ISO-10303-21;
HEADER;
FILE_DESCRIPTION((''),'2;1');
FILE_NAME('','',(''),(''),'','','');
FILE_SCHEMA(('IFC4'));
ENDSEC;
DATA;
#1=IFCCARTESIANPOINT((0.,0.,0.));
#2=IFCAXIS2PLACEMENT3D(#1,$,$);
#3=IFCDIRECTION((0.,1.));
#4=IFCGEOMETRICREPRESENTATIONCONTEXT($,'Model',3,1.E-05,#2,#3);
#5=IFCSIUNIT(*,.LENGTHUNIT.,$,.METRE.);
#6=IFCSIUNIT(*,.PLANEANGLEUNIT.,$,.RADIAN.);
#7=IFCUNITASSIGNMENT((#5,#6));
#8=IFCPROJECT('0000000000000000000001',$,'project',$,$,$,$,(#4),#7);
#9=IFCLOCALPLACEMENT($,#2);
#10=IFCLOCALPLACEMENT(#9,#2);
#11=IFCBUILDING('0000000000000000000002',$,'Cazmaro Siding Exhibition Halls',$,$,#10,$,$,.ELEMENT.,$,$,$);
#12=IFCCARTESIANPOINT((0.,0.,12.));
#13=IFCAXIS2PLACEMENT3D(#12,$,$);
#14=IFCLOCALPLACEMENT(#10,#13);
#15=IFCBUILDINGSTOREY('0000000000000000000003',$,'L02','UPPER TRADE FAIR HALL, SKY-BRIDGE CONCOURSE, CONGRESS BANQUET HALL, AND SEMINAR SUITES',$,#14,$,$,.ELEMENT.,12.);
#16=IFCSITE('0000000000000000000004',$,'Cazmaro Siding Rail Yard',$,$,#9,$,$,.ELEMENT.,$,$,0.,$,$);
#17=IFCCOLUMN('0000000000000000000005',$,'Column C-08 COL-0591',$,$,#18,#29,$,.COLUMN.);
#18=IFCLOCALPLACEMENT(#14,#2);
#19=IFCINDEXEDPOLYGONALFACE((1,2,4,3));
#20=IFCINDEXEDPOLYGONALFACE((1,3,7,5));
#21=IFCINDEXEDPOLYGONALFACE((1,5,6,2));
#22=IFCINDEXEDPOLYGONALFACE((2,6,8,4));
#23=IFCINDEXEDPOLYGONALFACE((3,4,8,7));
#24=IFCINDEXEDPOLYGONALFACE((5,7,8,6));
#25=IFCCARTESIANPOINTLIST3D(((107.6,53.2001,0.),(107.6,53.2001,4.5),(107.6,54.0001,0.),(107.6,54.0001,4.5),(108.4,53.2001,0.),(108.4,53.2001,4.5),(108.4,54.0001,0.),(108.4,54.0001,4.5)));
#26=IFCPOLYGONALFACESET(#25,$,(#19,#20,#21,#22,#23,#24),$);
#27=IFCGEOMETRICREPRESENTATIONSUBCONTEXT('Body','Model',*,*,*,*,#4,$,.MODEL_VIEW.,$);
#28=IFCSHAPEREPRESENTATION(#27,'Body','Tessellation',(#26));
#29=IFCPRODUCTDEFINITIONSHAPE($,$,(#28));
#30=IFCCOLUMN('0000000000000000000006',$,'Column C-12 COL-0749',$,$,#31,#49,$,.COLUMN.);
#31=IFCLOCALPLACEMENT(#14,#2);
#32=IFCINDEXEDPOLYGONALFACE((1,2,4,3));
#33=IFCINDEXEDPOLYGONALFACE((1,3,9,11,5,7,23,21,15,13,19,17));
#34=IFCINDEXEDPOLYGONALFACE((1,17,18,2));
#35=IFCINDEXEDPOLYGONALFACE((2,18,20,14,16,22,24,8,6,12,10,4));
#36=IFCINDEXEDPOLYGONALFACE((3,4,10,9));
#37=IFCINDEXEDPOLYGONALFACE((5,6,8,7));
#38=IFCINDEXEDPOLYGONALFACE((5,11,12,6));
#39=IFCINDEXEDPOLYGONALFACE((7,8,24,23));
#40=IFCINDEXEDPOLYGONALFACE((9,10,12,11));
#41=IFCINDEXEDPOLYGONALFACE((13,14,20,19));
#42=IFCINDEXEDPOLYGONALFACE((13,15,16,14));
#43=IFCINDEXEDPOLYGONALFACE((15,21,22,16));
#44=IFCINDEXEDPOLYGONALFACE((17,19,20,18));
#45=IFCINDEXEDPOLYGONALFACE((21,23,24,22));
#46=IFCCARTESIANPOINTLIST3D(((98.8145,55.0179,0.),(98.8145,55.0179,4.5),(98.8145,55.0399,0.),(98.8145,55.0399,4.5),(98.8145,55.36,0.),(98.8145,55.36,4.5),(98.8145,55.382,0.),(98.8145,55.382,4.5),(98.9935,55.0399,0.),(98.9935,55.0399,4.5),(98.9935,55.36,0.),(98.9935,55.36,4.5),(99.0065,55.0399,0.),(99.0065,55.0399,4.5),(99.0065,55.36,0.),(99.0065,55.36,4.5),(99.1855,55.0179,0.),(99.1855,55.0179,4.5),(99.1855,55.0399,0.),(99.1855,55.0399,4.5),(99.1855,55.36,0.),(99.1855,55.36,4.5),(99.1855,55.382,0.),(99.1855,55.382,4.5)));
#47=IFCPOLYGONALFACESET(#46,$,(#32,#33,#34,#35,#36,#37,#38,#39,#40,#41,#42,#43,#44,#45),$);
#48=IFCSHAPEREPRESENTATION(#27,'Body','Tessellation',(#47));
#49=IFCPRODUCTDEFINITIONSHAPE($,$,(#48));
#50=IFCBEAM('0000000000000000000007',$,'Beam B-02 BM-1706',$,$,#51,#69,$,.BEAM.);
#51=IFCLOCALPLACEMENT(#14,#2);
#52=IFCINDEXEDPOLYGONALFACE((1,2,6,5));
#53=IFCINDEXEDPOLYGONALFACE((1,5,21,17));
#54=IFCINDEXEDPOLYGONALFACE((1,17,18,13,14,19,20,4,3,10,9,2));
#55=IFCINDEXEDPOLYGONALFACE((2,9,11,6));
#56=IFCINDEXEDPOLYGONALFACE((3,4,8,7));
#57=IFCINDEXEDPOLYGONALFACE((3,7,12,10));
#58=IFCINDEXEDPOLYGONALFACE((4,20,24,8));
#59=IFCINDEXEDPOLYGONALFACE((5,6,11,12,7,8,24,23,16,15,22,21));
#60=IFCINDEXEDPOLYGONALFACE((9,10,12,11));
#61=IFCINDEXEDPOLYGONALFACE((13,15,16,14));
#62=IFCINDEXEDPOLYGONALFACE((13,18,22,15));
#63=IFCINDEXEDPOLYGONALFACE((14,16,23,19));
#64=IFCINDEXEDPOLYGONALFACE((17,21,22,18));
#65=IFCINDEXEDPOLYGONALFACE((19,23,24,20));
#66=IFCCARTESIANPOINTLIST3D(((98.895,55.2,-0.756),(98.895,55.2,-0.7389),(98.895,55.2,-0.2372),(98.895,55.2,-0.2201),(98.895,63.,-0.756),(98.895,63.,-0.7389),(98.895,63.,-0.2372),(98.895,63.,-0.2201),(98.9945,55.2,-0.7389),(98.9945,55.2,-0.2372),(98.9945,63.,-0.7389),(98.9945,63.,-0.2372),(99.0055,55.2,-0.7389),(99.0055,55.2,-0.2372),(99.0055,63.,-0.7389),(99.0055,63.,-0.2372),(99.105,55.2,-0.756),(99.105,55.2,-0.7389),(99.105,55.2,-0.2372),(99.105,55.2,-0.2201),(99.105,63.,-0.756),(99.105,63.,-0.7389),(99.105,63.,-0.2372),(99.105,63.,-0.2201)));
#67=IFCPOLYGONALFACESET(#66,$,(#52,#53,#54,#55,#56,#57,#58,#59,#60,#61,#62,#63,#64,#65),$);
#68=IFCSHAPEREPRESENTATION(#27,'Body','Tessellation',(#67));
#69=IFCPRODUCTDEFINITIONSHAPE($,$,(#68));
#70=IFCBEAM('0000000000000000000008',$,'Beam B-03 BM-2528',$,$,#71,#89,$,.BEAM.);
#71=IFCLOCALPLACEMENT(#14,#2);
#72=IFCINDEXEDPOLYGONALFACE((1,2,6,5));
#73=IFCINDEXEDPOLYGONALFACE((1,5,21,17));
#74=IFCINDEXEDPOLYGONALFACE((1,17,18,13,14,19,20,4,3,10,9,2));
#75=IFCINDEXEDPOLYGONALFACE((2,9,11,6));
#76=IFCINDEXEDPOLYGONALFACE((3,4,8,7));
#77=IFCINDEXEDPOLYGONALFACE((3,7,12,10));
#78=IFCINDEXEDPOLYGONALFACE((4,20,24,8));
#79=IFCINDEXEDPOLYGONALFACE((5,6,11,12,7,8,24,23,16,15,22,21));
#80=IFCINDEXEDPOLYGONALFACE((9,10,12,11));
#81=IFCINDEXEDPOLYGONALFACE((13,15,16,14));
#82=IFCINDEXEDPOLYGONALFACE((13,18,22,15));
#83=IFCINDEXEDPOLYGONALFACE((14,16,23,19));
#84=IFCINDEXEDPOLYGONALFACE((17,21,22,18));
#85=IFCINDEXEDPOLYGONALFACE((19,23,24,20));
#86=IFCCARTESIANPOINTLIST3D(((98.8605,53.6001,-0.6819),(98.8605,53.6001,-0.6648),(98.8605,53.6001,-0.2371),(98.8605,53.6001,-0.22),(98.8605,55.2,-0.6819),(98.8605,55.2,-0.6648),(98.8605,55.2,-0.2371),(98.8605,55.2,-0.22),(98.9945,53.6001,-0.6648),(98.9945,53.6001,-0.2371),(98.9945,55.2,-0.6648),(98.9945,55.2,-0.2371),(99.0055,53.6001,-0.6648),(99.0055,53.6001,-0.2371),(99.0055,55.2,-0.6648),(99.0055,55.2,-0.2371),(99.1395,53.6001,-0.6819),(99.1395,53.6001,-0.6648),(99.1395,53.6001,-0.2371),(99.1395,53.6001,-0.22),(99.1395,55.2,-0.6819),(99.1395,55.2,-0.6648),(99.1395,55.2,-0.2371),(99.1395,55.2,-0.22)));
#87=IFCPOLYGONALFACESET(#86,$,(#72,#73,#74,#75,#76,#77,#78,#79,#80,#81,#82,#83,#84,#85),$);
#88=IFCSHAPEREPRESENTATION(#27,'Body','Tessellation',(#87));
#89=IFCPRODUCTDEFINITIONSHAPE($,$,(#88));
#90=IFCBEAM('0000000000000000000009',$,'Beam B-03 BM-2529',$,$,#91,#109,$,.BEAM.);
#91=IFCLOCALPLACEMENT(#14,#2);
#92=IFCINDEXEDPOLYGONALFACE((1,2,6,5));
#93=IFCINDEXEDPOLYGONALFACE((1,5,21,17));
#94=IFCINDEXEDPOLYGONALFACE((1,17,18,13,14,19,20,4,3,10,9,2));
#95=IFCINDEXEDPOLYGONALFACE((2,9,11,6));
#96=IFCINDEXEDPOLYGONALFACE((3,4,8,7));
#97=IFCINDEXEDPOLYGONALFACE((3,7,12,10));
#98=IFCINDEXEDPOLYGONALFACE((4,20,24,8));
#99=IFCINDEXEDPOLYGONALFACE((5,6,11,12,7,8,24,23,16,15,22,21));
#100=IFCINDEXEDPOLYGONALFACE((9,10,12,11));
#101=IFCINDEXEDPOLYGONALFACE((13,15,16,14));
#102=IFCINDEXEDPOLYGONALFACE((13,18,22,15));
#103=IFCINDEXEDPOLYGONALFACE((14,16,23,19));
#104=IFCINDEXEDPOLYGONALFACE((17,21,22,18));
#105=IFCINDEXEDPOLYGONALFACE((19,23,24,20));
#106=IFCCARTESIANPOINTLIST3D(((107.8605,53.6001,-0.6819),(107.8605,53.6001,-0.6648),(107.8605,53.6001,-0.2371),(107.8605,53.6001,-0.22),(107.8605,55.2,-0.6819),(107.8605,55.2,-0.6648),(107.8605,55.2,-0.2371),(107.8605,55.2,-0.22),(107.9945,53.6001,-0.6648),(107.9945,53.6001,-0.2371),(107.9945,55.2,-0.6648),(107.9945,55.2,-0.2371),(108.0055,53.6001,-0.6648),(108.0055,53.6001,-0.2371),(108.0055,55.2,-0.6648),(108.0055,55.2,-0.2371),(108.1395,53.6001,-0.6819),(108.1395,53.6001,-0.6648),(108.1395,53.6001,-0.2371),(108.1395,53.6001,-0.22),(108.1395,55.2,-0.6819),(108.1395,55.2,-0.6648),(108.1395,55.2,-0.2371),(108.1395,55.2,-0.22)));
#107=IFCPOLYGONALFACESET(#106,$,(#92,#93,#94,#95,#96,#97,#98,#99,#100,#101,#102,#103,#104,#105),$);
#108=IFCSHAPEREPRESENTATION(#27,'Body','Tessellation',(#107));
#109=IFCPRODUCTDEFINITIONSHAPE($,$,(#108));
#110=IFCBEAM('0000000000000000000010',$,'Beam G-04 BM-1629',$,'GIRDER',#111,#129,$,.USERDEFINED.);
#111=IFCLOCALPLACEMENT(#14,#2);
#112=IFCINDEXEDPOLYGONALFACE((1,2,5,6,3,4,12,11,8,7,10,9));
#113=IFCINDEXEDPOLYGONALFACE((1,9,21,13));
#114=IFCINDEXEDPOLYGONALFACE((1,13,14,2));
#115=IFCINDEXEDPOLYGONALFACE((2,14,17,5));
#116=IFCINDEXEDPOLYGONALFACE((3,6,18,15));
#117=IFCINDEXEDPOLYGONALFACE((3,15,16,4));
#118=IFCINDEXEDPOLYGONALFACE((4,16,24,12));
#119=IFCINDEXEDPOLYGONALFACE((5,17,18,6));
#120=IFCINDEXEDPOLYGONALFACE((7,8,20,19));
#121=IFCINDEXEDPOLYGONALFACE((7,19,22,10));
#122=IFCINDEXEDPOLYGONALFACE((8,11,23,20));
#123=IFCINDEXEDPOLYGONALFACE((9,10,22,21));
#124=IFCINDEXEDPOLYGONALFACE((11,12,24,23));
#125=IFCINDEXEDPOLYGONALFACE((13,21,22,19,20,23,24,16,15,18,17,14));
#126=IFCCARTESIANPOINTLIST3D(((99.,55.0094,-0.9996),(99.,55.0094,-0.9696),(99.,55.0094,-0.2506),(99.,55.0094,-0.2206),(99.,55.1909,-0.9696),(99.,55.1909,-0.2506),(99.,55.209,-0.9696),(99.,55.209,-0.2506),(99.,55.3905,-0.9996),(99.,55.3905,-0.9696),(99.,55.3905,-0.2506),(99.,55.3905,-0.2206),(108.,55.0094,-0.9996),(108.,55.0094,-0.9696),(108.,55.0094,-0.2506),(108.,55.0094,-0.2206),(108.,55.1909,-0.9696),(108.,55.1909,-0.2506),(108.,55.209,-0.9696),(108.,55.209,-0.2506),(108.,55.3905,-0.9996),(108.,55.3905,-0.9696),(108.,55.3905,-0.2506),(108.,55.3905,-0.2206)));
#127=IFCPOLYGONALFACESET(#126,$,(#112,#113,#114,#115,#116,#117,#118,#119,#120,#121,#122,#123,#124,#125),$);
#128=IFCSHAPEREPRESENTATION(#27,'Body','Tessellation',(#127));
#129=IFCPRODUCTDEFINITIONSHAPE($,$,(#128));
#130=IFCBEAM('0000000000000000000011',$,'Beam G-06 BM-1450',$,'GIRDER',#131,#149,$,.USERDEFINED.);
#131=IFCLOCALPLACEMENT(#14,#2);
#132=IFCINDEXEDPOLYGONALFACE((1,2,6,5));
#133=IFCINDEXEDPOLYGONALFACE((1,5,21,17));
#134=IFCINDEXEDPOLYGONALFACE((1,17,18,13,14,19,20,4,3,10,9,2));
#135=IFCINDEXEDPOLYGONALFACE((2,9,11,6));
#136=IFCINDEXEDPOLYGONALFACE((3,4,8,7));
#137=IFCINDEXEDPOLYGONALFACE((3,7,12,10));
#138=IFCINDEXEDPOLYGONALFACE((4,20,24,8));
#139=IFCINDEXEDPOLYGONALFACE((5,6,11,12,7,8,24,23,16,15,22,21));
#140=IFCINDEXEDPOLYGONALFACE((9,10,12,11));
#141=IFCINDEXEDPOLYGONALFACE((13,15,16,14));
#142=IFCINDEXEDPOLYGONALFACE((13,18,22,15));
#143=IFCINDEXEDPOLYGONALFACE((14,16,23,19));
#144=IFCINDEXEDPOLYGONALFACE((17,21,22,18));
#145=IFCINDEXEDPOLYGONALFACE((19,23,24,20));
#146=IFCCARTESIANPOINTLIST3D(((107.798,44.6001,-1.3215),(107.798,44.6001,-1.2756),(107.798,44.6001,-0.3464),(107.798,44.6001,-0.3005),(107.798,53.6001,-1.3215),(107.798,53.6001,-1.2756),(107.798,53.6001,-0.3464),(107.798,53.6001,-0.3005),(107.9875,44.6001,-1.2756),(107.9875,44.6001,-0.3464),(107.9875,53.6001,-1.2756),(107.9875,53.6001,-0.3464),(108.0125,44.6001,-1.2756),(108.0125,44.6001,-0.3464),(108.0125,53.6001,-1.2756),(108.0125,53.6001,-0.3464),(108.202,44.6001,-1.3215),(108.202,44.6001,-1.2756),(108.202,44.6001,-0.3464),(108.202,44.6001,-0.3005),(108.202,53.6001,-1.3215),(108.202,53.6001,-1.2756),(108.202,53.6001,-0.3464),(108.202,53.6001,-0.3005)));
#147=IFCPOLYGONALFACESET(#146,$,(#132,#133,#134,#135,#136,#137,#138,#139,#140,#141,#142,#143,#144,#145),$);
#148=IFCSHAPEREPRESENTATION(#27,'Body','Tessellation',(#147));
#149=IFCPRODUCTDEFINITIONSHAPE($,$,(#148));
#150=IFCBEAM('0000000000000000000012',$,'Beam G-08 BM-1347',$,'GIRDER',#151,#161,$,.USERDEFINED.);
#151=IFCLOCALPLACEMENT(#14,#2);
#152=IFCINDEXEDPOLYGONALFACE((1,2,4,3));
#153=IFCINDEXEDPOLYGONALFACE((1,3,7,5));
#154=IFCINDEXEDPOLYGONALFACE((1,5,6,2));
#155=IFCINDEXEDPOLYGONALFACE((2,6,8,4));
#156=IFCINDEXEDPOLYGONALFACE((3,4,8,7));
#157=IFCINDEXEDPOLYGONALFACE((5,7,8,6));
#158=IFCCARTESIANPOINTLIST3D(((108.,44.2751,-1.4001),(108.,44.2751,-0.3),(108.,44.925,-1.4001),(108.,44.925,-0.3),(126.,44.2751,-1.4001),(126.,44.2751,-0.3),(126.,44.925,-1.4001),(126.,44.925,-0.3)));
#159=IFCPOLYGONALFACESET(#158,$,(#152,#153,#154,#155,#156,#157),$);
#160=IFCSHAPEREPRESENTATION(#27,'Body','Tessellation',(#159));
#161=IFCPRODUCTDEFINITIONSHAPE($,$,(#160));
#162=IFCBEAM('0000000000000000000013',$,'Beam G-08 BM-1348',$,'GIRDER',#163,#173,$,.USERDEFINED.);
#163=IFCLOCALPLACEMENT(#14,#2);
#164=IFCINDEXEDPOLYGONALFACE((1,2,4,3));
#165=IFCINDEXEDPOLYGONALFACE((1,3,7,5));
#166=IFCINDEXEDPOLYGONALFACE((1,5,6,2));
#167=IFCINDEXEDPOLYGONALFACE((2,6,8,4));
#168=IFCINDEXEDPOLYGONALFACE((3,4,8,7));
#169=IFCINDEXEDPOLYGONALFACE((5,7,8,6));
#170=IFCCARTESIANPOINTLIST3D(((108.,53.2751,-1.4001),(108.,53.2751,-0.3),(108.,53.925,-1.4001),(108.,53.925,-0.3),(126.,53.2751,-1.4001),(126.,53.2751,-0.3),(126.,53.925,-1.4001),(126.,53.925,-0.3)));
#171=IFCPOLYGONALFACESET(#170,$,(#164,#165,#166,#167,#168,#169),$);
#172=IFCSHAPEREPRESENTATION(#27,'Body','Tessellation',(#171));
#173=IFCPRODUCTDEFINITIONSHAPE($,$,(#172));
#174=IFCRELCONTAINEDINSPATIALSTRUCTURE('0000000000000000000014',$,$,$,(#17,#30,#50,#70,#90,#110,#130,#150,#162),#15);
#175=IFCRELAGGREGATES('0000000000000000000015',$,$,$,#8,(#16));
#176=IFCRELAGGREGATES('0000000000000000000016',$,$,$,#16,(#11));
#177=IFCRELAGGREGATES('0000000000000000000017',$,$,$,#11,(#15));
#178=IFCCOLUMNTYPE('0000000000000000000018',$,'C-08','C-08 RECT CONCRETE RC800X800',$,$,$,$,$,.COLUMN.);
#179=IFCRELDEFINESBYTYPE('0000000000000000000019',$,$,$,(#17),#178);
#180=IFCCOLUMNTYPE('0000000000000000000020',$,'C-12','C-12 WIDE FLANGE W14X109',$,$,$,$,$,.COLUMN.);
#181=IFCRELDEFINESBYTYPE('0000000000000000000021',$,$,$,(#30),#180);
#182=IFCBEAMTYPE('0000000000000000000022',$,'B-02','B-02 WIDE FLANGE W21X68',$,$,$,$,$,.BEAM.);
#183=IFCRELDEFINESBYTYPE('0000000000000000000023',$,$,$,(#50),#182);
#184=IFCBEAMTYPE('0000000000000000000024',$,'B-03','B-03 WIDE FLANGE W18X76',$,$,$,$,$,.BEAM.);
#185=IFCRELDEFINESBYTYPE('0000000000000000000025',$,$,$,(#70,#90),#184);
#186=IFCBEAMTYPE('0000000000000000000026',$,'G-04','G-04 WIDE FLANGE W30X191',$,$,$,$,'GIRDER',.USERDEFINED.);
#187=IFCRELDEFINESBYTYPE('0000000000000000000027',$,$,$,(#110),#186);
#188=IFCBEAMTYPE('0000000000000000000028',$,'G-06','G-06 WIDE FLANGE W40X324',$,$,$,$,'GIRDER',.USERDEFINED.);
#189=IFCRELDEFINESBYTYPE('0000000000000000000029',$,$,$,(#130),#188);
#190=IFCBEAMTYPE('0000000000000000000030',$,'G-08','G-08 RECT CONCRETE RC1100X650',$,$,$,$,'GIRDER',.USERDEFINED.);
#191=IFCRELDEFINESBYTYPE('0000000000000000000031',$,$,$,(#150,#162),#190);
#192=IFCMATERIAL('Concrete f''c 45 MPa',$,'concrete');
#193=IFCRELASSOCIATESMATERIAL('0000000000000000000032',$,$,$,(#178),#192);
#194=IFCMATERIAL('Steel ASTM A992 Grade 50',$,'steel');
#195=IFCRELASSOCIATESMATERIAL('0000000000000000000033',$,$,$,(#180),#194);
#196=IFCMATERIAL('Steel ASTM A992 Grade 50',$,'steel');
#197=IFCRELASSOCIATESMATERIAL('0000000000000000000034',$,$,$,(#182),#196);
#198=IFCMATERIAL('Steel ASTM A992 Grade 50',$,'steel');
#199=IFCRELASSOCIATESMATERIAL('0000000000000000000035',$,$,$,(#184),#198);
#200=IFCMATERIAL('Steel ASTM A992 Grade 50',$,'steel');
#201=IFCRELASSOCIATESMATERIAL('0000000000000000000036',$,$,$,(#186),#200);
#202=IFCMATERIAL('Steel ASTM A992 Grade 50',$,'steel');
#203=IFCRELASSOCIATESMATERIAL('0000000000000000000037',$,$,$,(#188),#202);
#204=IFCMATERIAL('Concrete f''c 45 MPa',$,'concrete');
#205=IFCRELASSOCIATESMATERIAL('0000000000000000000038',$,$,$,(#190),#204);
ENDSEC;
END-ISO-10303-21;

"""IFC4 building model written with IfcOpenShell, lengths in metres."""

from ifc_helpers import new_model, si_unit, direction, frame, origin, origin_2d, place, context, subcontext, project, spatial, rectangle, i_section, extrude, material, material_profile, profile_set, type_object, element, save


model = new_model("IFC4")

# Units and contexts
model_context = context("Model", 3, precision=1e-05, world=origin(), true_north=direction((0.0, 1.0)))
body_context = subcontext(model_context, "Body", "Model", "MODEL_VIEW")
ifc_project = project(units=[si_unit("LENGTHUNIT", "METRE"), si_unit("PLANEANGLEUNIT", "RADIAN")], contexts=[model_context])

# Site, building, storey
site_placement = place(None, origin())
site = spatial("IfcSite", under=ifc_project, at=site_placement, Name="Cazmaro Siding Rail Yard", CompositionType="ELEMENT", RefElevation=0.0)
building_placement = place(site_placement, origin())
building = spatial("IfcBuilding", under=site, at=building_placement, Name="Cazmaro Siding Exhibition Halls", CompositionType="ELEMENT")
storey_placement = place(building_placement, frame((0.0, 0.0, 12.0)))
storey = spatial("IfcBuildingStorey", under=building, at=storey_placement, Name="L02", Description="UPPER TRADE FAIR HALL, SKY-BRIDGE CONCOURSE, CONGRESS BANQUET HALL, AND SEMINAR SUITES", CompositionType="ELEMENT", Elevation=12.0)

# Columns
ifc_material_1 = material(Name="Concrete f'c 45 MPa", Category="concrete")
ifc_material_profile_1 = material_profile(ifc_material_1, rectangle(XDim=0.8, YDim=0.8, at=origin_2d()), Name="RC800X800")
ifc_profile_set_1 = profile_set([ifc_material_profile_1], Name="Concrete f'c 45 MPa")
column_type_1 = type_object("IfcColumnType", Name="C-08", Description="C-08 RECT CONCRETE RC800X800", PredefinedType="COLUMN", material=ifc_profile_set_1)
column_1_placement = place(storey_placement, frame((108.0, 53.6001, 0.0), z_axis=(0.0, 0.0, 1.0), x_axis=(1.0, 0.0, 0.0)))
element("IfcColumn", 1, at=column_1_placement, inside=storey, type_object=column_type_1, Name="Column C-08 COL-0591", PredefinedType="COLUMN", context=body_context, shape_type="SweptSolid", body=[
    extrude(rectangle(XDim=0.8, YDim=0.8, at=origin_2d()), origin(), (0.0, 0.0, 1.0), 4.5),
])
ifc_material_2 = material(Name="Steel ASTM A992 Grade 50", Category="steel")
ifc_material_profile_2 = material_profile(ifc_material_2, i_section(OverallWidth=0.3711, OverallDepth=0.364, WebThickness=0.0129, FlangeThickness=0.022, at=origin_2d()), Name="W14X109")
ifc_profile_set_2 = profile_set([ifc_material_profile_2], Name="Steel ASTM A992 Grade 50")
column_type_2 = type_object("IfcColumnType", Name="C-12", Description="C-12 WIDE FLANGE W14X109", PredefinedType="COLUMN", material=ifc_profile_set_2)
column_2_placement = place(storey_placement, frame((99.0, 55.2, 0.0), z_axis=(0.0, 0.0, 1.0), x_axis=(1.0, 0.0, 0.0)))
element("IfcColumn", 2, at=column_2_placement, inside=storey, type_object=column_type_2, Name="Column C-12 COL-0749", PredefinedType="COLUMN", context=body_context, shape_type="SweptSolid", body=[
    extrude(i_section(OverallWidth=0.3711, OverallDepth=0.364, WebThickness=0.0129, FlangeThickness=0.022, at=origin_2d()), origin(), (0.0, 0.0, 1.0), 4.5),
])

# Beams
ifc_material_3 = material(Name="Steel ASTM A992 Grade 50", Category="steel")
ifc_material_profile_3 = material_profile(ifc_material_3, i_section(OverallWidth=0.21, OverallDepth=0.5359, WebThickness=0.011, FlangeThickness=0.0171, at=origin_2d()), Name="W21X68")
ifc_profile_set_3 = profile_set([ifc_material_profile_3], Name="Steel ASTM A992 Grade 50")
beam_type_1 = type_object("IfcBeamType", Name="B-02", Description="B-02 WIDE FLANGE W21X68", PredefinedType="BEAM", material=ifc_profile_set_3)
beam_1_placement = place(storey_placement, frame((99.0, 55.2, -0.488), z_axis=(0.0, 1.0, 0.0), x_axis=(-1.0, 0.0, 0.0)))
element("IfcBeam", 3, at=beam_1_placement, inside=storey, type_object=beam_type_1, Name="Beam B-02 BM-1706", PredefinedType="BEAM", context=body_context, shape_type="SweptSolid", body=[
    extrude(i_section(OverallWidth=0.21, OverallDepth=0.5359, WebThickness=0.011, FlangeThickness=0.0171, at=origin_2d()), origin(), (0.0, 0.0, 1.0), 7.8),
])
ifc_material_4 = material(Name="Steel ASTM A992 Grade 50", Category="steel")
ifc_material_profile_4 = material_profile(ifc_material_4, i_section(OverallWidth=0.2791, OverallDepth=0.4619, WebThickness=0.011, FlangeThickness=0.0171, at=origin_2d()), Name="W18X76")
ifc_profile_set_4 = profile_set([ifc_material_profile_4], Name="Steel ASTM A992 Grade 50")
beam_type_2 = type_object("IfcBeamType", Name="B-03", Description="B-03 WIDE FLANGE W18X76", PredefinedType="BEAM", material=ifc_profile_set_4)
for number, where, z_axis, x_axis, name in (
    (4, (99.0, 53.6001, -0.4509), (0.0, 1.0, 0.0), (-1.0, 0.0, 0.0), "Beam B-03 BM-2528"),
    (5, (108.0, 53.6001, -0.4509), (0.0, 1.0, 0.0), (-1.0, 0.0, 0.0), "Beam B-03 BM-2529"),
):
    element("IfcBeam", number, at=place(storey_placement, frame(where, z_axis=z_axis, x_axis=x_axis)), inside=storey, type_object=beam_type_2, Name=name, PredefinedType="BEAM", context=body_context, shape_type="SweptSolid", body=[
        extrude(i_section(OverallWidth=0.2791, OverallDepth=0.4619, WebThickness=0.011, FlangeThickness=0.0171, at=origin_2d()), origin(), (0.0, 0.0, 1.0), 1.5999),
    ])
ifc_material_5 = material(Name="Steel ASTM A992 Grade 50", Category="steel")
ifc_material_profile_5 = material_profile(ifc_material_5, i_section(OverallWidth=0.3811, OverallDepth=0.7791, WebThickness=0.0181, FlangeThickness=0.03, at=origin_2d()), Name="W30X191")
ifc_profile_set_5 = profile_set([ifc_material_profile_5], Name="Steel ASTM A992 Grade 50")
beam_type_3 = type_object("IfcBeamType", Name="G-04", Description="G-04 WIDE FLANGE W30X191", ElementType="GIRDER", PredefinedType="USERDEFINED", material=ifc_profile_set_5)
beam_2_placement = place(storey_placement, frame((99.0, 55.2, -0.6101), z_axis=(1.0, 0.0, 0.0), x_axis=(0.0, 1.0, 0.0)))
element("IfcBeam", 6, at=beam_2_placement, inside=storey, type_object=beam_type_3, Name="Beam G-04 BM-1629", ObjectType="GIRDER", PredefinedType="USERDEFINED", context=body_context, shape_type="SweptSolid", body=[
    extrude(i_section(OverallWidth=0.3811, OverallDepth=0.7791, WebThickness=0.0181, FlangeThickness=0.03, at=origin_2d()), origin(), (0.0, 0.0, 1.0), 9.0),
])
ifc_material_6 = material(Name="Steel ASTM A992 Grade 50", Category="steel")
ifc_material_profile_6 = material_profile(ifc_material_6, i_section(OverallWidth=0.4041, OverallDepth=1.021, WebThickness=0.0249, FlangeThickness=0.0459, at=origin_2d()), Name="W40X324")
ifc_profile_set_6 = profile_set([ifc_material_profile_6], Name="Steel ASTM A992 Grade 50")
beam_type_4 = type_object("IfcBeamType", Name="G-06", Description="G-06 WIDE FLANGE W40X324", ElementType="GIRDER", PredefinedType="USERDEFINED", material=ifc_profile_set_6)
beam_3_placement = place(storey_placement, frame((108.0, 44.6001, -0.811), z_axis=(0.0, 1.0, 0.0), x_axis=(-1.0, 0.0, 0.0)))
element("IfcBeam", 7, at=beam_3_placement, inside=storey, type_object=beam_type_4, Name="Beam G-06 BM-1450", ObjectType="GIRDER", PredefinedType="USERDEFINED", context=body_context, shape_type="SweptSolid", body=[
    extrude(i_section(OverallWidth=0.4041, OverallDepth=1.021, WebThickness=0.0249, FlangeThickness=0.0459, at=origin_2d()), origin(), (0.0, 0.0, 1.0), 9.0),
])
ifc_material_7 = material(Name="Concrete f'c 45 MPa", Category="concrete")
ifc_material_profile_7 = material_profile(ifc_material_7, rectangle(XDim=0.6499, YDim=1.1001, at=origin_2d()), Name="RC1100X650")
ifc_profile_set_7 = profile_set([ifc_material_profile_7], Name="Concrete f'c 45 MPa")
beam_type_5 = type_object("IfcBeamType", Name="G-08", Description="G-08 RECT CONCRETE RC1100X650", ElementType="GIRDER", PredefinedType="USERDEFINED", material=ifc_profile_set_7)
for number, where, z_axis, x_axis, name in (
    (8, (108.0, 44.6001, -0.8501), (1.0, 0.0, 0.0), (0.0, 1.0, 0.0), "Beam G-08 BM-1347"),
    (9, (108.0, 53.6001, -0.8501), (1.0, 0.0, 0.0), (0.0, 1.0, 0.0), "Beam G-08 BM-1348"),
):
    element("IfcBeam", number, at=place(storey_placement, frame(where, z_axis=z_axis, x_axis=x_axis)), inside=storey, type_object=beam_type_5, Name=name, ObjectType="GIRDER", PredefinedType="USERDEFINED", context=body_context, shape_type="SweptSolid", body=[
        extrude(rectangle(XDim=0.6499, YDim=1.1001, at=origin_2d()), origin(), (0.0, 0.0, 1.0), 18.0),
    ])

save(model, "model.ifc")
